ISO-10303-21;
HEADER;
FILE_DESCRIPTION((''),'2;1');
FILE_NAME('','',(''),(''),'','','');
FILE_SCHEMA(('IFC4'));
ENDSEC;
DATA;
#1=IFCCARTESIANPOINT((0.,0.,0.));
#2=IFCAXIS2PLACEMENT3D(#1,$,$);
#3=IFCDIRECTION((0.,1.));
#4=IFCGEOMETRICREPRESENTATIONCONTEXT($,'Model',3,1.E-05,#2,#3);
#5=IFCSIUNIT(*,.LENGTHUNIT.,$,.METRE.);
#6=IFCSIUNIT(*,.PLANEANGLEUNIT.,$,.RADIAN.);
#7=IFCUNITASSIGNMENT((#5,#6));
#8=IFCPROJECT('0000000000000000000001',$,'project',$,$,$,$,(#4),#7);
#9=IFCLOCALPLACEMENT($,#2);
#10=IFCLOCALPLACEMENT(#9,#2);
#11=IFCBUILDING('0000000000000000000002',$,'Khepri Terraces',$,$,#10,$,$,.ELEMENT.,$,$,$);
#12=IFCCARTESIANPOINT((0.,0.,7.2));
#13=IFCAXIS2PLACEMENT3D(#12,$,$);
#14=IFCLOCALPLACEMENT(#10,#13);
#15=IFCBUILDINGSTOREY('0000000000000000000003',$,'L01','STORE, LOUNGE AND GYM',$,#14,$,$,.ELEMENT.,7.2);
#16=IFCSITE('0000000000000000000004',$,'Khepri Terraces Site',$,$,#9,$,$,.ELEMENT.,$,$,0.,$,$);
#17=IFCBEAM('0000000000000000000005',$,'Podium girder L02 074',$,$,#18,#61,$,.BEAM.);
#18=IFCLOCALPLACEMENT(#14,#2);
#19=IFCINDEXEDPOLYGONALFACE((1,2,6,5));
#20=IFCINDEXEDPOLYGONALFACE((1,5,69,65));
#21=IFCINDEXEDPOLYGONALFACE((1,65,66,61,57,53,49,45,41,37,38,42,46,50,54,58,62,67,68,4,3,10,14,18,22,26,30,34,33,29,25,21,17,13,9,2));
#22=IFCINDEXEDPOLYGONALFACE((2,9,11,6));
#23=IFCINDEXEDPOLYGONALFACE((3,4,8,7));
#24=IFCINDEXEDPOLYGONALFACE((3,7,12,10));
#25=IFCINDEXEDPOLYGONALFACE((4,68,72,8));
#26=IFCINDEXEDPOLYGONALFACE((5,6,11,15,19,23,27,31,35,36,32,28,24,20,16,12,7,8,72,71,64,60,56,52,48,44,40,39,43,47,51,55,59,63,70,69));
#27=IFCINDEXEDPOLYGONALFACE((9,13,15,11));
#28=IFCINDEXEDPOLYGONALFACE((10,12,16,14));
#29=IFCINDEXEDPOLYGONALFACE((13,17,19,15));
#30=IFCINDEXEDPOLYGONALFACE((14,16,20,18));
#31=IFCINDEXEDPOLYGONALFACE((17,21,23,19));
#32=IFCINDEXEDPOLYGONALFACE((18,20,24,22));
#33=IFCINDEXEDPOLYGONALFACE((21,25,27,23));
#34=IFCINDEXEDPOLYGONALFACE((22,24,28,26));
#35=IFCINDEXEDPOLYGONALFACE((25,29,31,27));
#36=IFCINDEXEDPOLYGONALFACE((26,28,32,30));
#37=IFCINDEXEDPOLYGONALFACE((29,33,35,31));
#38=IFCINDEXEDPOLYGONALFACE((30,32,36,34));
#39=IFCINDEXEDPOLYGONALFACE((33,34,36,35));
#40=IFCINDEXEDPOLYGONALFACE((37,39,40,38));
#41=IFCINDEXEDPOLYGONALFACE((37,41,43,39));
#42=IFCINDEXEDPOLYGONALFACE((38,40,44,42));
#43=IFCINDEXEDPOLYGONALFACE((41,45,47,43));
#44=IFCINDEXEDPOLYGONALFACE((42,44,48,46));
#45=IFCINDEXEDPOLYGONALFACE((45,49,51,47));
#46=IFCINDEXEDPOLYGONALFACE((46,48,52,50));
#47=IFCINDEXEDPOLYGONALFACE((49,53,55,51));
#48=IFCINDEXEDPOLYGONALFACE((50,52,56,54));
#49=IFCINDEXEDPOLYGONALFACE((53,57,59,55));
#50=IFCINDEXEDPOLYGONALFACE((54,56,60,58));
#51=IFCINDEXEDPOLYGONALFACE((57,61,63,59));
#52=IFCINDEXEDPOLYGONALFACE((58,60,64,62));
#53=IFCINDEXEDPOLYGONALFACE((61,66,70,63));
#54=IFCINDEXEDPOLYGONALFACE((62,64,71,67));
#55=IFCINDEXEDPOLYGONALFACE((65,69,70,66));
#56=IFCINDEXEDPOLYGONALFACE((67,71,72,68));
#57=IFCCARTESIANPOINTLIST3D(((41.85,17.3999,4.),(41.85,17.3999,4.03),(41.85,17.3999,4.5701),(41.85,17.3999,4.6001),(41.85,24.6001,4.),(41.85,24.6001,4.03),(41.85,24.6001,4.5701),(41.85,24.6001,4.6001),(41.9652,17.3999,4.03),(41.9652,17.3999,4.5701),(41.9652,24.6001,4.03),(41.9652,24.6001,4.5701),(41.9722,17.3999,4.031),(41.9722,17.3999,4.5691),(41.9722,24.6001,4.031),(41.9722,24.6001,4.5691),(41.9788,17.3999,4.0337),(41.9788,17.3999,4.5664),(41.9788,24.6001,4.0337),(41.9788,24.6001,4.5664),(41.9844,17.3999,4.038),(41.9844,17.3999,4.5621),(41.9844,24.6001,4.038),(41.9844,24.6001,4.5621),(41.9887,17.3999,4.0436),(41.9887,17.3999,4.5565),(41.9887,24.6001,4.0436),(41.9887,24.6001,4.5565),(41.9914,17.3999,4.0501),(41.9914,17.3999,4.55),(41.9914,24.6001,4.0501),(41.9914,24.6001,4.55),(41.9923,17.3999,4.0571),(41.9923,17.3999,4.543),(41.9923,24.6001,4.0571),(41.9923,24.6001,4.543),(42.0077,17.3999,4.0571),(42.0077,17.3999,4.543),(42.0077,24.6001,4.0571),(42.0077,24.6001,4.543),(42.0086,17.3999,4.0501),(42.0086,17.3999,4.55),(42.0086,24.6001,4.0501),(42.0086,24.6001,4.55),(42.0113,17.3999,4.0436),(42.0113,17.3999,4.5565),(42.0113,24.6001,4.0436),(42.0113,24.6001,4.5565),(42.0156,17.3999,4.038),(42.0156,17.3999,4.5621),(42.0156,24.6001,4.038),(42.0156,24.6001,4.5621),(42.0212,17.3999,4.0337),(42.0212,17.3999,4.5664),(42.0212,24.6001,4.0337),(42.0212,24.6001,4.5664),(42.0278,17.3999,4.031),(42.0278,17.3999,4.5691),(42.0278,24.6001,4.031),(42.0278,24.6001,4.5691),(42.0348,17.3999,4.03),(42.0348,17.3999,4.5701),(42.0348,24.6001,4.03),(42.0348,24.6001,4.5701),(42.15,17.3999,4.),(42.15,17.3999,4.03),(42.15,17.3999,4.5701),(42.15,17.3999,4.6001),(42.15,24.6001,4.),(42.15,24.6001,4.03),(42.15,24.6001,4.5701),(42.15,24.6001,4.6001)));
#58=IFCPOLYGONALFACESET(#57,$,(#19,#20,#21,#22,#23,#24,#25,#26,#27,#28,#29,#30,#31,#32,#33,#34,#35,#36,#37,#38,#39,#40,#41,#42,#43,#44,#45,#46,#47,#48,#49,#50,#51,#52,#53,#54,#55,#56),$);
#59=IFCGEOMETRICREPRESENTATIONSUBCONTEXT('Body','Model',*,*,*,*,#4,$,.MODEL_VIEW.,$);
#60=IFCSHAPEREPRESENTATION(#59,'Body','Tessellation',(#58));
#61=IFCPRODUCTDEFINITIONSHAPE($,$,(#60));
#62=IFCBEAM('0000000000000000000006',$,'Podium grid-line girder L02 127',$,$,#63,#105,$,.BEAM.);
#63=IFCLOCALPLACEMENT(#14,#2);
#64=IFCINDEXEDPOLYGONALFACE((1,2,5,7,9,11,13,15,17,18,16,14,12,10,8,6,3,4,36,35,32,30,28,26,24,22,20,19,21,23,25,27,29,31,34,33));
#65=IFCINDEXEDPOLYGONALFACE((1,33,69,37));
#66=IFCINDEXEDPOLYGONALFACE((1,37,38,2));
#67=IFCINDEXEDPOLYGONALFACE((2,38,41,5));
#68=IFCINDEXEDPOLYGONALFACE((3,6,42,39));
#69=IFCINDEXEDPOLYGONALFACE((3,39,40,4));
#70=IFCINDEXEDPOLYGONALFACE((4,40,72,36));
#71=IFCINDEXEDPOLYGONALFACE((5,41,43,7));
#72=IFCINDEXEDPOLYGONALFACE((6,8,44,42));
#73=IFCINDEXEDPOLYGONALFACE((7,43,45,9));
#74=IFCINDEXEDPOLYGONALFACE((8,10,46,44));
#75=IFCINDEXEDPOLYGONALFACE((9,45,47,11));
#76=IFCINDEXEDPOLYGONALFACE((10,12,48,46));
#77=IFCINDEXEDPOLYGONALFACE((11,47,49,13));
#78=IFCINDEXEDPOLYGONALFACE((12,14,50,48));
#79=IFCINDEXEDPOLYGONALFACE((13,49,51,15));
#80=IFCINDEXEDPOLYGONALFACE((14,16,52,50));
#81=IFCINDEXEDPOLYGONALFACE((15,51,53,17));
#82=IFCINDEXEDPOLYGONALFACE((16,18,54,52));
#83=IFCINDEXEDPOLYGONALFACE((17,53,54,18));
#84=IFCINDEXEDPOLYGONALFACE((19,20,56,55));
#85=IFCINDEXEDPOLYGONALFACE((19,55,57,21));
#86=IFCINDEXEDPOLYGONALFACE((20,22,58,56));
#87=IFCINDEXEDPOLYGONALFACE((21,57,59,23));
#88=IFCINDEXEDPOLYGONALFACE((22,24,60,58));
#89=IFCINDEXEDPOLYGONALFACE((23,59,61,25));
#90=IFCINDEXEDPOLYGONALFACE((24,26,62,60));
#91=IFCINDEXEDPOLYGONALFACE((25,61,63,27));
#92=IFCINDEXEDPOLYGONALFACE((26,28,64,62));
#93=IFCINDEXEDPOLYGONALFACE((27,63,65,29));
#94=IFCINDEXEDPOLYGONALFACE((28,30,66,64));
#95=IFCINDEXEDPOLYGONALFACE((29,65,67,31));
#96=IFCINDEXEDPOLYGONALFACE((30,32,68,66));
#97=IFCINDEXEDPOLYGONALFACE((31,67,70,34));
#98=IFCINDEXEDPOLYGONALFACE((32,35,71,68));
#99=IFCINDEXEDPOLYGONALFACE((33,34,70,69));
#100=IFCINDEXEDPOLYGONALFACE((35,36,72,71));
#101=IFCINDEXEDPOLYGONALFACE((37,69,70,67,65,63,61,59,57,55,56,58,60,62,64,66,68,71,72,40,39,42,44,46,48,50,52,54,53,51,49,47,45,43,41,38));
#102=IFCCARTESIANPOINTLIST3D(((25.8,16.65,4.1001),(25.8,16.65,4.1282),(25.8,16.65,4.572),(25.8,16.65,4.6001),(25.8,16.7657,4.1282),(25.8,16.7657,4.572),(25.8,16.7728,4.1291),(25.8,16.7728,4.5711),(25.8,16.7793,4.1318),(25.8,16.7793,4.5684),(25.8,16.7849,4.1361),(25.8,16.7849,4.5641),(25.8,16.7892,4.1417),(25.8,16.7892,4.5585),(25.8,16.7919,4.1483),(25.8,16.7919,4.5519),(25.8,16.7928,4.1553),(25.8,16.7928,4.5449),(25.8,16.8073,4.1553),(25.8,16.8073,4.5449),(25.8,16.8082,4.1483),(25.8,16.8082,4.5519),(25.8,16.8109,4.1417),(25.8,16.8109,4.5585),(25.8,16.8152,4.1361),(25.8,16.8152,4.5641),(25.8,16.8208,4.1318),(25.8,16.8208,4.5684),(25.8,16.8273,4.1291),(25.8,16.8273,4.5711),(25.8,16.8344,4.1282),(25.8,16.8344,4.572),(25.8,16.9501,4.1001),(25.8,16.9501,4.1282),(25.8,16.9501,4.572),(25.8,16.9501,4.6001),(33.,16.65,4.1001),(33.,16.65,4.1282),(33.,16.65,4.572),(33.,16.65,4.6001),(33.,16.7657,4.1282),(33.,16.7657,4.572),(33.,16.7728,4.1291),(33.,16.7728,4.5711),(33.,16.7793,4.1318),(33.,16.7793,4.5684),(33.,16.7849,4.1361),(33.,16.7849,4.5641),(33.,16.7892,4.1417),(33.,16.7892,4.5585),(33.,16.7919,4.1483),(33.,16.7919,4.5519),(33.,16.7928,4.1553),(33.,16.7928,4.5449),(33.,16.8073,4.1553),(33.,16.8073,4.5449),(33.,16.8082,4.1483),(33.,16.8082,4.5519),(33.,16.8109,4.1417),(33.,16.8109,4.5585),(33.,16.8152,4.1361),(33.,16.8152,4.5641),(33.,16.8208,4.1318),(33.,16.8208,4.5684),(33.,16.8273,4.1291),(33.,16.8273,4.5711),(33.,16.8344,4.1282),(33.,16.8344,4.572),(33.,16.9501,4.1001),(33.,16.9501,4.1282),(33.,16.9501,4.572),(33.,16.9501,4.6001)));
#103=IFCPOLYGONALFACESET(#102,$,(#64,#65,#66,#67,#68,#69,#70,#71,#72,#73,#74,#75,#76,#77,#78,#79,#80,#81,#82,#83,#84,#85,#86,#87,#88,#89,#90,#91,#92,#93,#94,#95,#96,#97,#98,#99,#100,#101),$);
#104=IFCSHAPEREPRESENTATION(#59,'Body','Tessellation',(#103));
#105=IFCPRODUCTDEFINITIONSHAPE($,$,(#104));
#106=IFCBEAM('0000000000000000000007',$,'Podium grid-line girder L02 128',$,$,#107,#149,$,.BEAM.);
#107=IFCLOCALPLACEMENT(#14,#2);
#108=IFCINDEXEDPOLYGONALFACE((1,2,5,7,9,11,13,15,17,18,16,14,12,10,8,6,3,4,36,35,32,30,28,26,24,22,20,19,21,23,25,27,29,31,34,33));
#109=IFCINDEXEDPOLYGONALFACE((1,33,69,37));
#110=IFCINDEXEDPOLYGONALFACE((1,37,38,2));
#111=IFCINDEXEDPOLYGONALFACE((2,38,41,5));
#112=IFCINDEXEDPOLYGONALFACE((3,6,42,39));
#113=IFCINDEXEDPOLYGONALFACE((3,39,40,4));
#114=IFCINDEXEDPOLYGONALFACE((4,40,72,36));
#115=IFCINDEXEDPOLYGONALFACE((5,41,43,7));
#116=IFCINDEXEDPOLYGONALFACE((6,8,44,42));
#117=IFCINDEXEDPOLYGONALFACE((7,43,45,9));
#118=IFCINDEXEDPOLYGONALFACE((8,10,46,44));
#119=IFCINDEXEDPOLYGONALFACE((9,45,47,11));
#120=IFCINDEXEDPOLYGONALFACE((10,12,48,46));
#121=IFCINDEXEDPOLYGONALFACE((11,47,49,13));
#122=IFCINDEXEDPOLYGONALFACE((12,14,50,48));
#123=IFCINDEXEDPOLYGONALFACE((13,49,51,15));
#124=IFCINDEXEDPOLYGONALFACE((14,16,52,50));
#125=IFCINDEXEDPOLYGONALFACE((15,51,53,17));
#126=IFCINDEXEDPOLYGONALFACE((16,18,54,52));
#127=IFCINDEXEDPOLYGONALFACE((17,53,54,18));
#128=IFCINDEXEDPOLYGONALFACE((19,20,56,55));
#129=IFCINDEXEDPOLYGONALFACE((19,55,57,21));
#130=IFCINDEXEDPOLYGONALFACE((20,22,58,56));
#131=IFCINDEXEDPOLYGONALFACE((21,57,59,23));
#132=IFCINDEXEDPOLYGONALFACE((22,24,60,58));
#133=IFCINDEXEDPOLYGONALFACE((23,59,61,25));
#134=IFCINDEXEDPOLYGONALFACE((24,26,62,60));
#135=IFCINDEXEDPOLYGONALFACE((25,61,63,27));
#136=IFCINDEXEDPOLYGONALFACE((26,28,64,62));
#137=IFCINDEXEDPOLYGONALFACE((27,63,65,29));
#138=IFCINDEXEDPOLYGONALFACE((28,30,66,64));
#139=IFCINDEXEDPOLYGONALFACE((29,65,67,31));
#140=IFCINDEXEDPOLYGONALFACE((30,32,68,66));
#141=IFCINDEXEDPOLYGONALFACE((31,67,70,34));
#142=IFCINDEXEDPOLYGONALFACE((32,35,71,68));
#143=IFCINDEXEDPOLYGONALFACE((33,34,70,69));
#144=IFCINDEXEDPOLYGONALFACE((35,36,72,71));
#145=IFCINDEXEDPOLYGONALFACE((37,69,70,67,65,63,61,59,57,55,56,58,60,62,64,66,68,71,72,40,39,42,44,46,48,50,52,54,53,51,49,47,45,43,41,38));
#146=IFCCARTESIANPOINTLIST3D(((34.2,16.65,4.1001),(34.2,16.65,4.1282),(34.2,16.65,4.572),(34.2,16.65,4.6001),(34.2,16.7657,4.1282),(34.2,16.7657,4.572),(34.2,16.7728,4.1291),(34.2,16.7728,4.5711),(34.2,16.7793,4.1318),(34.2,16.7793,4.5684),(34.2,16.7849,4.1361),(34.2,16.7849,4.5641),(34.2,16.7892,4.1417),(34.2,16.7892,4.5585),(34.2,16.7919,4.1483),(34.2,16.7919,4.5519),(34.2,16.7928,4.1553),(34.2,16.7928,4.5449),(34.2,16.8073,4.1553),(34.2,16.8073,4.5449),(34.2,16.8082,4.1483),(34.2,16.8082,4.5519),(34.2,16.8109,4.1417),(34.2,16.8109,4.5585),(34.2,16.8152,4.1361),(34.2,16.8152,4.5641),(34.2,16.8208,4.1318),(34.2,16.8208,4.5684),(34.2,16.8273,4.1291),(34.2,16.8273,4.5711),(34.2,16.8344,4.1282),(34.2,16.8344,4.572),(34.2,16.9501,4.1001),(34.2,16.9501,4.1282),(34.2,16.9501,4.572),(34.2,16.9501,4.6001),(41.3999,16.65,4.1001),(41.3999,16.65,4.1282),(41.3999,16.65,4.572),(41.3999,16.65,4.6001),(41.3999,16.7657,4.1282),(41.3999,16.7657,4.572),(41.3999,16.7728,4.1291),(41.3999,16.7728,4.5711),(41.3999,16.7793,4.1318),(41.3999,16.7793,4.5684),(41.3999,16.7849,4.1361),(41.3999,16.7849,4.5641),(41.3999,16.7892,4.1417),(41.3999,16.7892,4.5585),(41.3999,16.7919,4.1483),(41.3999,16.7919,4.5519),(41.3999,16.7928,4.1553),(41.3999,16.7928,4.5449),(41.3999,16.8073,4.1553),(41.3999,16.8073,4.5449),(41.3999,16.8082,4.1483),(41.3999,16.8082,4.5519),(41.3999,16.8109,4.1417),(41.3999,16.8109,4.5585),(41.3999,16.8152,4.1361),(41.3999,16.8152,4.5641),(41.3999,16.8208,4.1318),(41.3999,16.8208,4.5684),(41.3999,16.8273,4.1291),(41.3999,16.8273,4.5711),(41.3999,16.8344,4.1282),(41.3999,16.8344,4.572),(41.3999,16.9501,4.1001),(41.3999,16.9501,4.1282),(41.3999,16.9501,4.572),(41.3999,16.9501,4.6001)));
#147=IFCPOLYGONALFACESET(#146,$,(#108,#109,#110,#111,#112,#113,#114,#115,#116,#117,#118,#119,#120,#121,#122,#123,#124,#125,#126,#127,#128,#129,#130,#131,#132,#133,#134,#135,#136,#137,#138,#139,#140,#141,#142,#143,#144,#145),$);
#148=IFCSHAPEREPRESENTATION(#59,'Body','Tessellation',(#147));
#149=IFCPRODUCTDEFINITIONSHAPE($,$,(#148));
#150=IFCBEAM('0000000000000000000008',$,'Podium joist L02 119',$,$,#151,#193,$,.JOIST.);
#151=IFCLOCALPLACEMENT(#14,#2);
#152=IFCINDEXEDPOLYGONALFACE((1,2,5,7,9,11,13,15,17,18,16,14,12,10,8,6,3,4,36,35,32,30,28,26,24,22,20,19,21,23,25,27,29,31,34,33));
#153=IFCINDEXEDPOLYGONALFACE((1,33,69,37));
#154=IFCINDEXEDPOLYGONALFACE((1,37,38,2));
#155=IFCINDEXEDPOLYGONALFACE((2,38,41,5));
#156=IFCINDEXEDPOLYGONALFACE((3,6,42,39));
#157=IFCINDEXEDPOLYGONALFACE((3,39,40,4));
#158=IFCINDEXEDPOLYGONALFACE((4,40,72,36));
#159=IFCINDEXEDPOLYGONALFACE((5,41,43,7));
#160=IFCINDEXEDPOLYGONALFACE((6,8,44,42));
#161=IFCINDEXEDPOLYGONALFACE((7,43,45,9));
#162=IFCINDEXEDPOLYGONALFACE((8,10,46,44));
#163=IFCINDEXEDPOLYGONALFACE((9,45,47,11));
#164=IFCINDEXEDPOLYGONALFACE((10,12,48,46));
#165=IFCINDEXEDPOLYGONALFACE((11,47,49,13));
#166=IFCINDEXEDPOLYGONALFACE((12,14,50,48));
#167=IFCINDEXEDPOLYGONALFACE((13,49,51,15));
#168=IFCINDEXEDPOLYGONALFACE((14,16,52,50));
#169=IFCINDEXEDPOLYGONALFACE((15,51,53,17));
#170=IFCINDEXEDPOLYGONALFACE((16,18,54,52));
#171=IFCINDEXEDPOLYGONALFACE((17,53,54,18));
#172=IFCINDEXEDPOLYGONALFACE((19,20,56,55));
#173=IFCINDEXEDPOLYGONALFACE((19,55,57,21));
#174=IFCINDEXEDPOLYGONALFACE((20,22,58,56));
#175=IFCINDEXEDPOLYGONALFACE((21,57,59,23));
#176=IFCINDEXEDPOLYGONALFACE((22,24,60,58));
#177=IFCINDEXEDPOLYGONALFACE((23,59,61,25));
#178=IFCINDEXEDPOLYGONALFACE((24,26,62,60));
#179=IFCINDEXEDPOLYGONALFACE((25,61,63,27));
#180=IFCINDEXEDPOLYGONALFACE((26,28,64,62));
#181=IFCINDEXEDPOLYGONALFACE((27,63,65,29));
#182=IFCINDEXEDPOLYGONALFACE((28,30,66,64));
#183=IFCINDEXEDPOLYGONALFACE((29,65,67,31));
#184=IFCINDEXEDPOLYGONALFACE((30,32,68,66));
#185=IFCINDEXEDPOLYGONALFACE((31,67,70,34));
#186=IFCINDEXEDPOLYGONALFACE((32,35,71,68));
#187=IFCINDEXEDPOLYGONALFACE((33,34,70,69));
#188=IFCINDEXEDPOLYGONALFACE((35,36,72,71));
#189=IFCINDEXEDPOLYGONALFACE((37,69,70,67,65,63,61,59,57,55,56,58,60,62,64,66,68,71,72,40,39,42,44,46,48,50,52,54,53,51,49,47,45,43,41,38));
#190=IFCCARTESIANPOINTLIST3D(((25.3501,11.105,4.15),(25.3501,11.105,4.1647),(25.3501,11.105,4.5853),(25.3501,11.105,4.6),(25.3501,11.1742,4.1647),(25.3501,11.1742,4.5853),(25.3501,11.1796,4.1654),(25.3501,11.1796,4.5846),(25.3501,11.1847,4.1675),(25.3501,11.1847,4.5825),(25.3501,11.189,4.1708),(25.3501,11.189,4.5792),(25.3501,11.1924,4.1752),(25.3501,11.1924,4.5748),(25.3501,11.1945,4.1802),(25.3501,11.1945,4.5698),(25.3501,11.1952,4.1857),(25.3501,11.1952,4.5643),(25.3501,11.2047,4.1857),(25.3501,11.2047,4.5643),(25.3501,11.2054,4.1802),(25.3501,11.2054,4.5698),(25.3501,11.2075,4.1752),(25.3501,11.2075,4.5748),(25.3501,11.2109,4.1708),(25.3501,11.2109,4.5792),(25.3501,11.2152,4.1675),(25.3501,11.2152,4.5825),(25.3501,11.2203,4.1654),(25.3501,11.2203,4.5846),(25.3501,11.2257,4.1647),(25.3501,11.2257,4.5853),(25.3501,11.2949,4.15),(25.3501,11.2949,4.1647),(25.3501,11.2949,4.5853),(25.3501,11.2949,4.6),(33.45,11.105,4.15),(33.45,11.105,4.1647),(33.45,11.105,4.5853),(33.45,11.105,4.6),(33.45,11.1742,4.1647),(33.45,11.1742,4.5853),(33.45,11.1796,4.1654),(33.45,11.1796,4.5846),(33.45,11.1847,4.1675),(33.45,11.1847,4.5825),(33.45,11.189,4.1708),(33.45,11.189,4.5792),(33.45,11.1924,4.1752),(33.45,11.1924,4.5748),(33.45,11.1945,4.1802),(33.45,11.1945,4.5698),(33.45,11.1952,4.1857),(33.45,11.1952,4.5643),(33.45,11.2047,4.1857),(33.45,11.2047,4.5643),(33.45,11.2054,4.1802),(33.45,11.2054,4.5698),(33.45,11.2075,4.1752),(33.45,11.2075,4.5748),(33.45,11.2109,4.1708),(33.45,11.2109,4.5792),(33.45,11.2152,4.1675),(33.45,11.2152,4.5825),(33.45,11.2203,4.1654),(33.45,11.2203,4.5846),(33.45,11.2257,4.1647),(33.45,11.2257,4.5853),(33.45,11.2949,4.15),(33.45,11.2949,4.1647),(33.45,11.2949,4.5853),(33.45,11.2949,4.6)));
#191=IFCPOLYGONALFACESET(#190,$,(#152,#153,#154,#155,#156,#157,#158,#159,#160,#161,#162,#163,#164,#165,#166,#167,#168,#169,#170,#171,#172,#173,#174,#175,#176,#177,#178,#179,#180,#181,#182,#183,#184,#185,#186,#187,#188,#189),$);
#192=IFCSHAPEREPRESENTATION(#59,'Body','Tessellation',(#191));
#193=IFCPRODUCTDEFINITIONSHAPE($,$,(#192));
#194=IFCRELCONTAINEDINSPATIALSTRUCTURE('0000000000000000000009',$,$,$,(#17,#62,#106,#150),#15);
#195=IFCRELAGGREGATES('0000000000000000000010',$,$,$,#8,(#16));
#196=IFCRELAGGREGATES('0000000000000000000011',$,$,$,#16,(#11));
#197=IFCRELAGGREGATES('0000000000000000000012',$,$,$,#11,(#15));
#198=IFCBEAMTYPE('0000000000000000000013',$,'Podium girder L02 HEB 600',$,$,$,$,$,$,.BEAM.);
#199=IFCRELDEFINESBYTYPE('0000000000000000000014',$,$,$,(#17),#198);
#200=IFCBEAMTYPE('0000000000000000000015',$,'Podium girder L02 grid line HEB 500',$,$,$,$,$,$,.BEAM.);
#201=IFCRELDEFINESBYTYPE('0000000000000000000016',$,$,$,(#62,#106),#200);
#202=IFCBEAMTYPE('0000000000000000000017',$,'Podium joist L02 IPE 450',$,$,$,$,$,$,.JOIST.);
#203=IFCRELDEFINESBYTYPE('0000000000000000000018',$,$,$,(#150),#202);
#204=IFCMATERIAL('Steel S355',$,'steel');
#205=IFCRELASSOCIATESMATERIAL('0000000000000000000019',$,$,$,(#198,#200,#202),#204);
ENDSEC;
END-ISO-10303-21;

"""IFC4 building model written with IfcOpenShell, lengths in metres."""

from ifc_helpers import new_model, si_unit, direction, frame, origin, origin_2d, place, context, subcontext, project, spatial, i_section, extrude, material, material_profile, profile_set, type_object, element, save


model = new_model("IFC4")

# Units and contexts
model_context = context("Model", 3, precision=1e-05, world=origin(), true_north=direction((0.0, 1.0)))
body_context = subcontext(model_context, "Body", "Model", "MODEL_VIEW")
ifc_project = project(units=[si_unit("LENGTHUNIT", "METRE"), si_unit("PLANEANGLEUNIT", "RADIAN")], contexts=[model_context])

# Site, building, storey
site_placement = place(None, origin())
site = spatial("IfcSite", under=ifc_project, at=site_placement, Name="Khepri Terraces Site", CompositionType="ELEMENT", RefElevation=0.0)
building_placement = place(site_placement, origin())
building = spatial("IfcBuilding", under=site, at=building_placement, Name="Khepri Terraces", CompositionType="ELEMENT")
storey_placement = place(building_placement, frame((0.0, 0.0, 7.2)))
storey = spatial("IfcBuildingStorey", under=building, at=storey_placement, Name="L01", Description="STORE, LOUNGE AND GYM", CompositionType="ELEMENT", Elevation=7.2)

# Beams
ifc_material_1 = material(Name="Steel S355", Category="steel")
ifc_material_profile_1 = material_profile(ifc_material_1, i_section(OverallWidth=0.3, OverallDepth=0.6001, WebThickness=0.0154, FlangeThickness=0.03, FilletRadius=0.0271, at=origin_2d()), Name="Steel S355", Category="steel")
ifc_profile_set_1 = profile_set([ifc_material_profile_1], Name="Steel S355")
beam_type_1 = type_object("IfcBeamType", Name="Podium girder L02 HEB 600", PredefinedType="BEAM", material=ifc_profile_set_1)
for number, where, z_axis, x_axis, name in (
    (1, (42.0, 17.3999, 4.3), (0.0, 1.0, 0.0), (-1.0, 0.0, 0.0), "Podium girder L02 074"),
):
    element("IfcBeam", number, at=place(storey_placement, frame(where, z_axis=z_axis, x_axis=x_axis)), inside=storey, type_object=beam_type_1, Name=name, PredefinedType="BEAM", context=body_context, shape_type="SweptSolid", body=[
        extrude(i_section(OverallWidth=0.3, OverallDepth=0.6001, WebThickness=0.0154, FlangeThickness=0.03, FilletRadius=0.0271, at=origin_2d()), origin(), (0.0, 0.0, 1.0), 7.2002),
    ])
ifc_material_profile_2 = material_profile(ifc_material_1, i_section(OverallWidth=0.3, OverallDepth=0.5, WebThickness=0.0144, FlangeThickness=0.0281, FilletRadius=0.0271, at=origin_2d()), Name="Steel S355", Category="steel")
ifc_profile_set_2 = profile_set([ifc_material_profile_2], Name="Steel S355")
beam_type_2 = type_object("IfcBeamType", Name="Podium girder L02 grid line HEB 500", PredefinedType="BEAM", material=ifc_profile_set_2)
for number, where, z_axis, x_axis, name in (
    (2, (25.8, 16.8, 4.3501), (1.0, 0.0, 0.0), (0.0, 1.0, 0.0), "Podium grid-line girder L02 127"),
    (3, (34.2, 16.8, 4.3501), (1.0, 0.0, 0.0), (0.0, 1.0, 0.0), "Podium grid-line girder L02 128"),
):
    element("IfcBeam", number, at=place(storey_placement, frame(where, z_axis=z_axis, x_axis=x_axis)), inside=storey, type_object=beam_type_2, Name=name, PredefinedType="BEAM", context=body_context, shape_type="SweptSolid", body=[
        extrude(i_section(OverallWidth=0.3, OverallDepth=0.5, WebThickness=0.0144, FlangeThickness=0.0281, FilletRadius=0.0271, at=origin_2d()), origin(), (0.0, 0.0, 1.0), 7.2),
    ])
ifc_material_profile_3 = material_profile(ifc_material_1, i_section(OverallWidth=0.1899, OverallDepth=0.45, WebThickness=0.0095, FlangeThickness=0.0146, FilletRadius=0.021, at=origin_2d()), Name="Steel S355", Category="steel")
ifc_profile_set_3 = profile_set([ifc_material_profile_3], Name="Steel S355")
beam_type_3 = type_object("IfcBeamType", Name="Podium joist L02 IPE 450", PredefinedType="JOIST", material=ifc_profile_set_3)
beam_1_placement = place(storey_placement, frame((25.3501, 11.2, 4.375), z_axis=(1.0, 0.0, 0.0), x_axis=(0.0, 1.0, 0.0)))
element("IfcBeam", 4, at=beam_1_placement, inside=storey, type_object=beam_type_3, Name="Podium joist L02 119", PredefinedType="JOIST", context=body_context, shape_type="SweptSolid", body=[
    extrude(i_section(OverallWidth=0.1899, OverallDepth=0.45, WebThickness=0.0095, FlangeThickness=0.0146, FilletRadius=0.021, at=origin_2d()), origin(), (0.0, 0.0, 1.0), 8.0999),
])

save(model, "model.ifc")
